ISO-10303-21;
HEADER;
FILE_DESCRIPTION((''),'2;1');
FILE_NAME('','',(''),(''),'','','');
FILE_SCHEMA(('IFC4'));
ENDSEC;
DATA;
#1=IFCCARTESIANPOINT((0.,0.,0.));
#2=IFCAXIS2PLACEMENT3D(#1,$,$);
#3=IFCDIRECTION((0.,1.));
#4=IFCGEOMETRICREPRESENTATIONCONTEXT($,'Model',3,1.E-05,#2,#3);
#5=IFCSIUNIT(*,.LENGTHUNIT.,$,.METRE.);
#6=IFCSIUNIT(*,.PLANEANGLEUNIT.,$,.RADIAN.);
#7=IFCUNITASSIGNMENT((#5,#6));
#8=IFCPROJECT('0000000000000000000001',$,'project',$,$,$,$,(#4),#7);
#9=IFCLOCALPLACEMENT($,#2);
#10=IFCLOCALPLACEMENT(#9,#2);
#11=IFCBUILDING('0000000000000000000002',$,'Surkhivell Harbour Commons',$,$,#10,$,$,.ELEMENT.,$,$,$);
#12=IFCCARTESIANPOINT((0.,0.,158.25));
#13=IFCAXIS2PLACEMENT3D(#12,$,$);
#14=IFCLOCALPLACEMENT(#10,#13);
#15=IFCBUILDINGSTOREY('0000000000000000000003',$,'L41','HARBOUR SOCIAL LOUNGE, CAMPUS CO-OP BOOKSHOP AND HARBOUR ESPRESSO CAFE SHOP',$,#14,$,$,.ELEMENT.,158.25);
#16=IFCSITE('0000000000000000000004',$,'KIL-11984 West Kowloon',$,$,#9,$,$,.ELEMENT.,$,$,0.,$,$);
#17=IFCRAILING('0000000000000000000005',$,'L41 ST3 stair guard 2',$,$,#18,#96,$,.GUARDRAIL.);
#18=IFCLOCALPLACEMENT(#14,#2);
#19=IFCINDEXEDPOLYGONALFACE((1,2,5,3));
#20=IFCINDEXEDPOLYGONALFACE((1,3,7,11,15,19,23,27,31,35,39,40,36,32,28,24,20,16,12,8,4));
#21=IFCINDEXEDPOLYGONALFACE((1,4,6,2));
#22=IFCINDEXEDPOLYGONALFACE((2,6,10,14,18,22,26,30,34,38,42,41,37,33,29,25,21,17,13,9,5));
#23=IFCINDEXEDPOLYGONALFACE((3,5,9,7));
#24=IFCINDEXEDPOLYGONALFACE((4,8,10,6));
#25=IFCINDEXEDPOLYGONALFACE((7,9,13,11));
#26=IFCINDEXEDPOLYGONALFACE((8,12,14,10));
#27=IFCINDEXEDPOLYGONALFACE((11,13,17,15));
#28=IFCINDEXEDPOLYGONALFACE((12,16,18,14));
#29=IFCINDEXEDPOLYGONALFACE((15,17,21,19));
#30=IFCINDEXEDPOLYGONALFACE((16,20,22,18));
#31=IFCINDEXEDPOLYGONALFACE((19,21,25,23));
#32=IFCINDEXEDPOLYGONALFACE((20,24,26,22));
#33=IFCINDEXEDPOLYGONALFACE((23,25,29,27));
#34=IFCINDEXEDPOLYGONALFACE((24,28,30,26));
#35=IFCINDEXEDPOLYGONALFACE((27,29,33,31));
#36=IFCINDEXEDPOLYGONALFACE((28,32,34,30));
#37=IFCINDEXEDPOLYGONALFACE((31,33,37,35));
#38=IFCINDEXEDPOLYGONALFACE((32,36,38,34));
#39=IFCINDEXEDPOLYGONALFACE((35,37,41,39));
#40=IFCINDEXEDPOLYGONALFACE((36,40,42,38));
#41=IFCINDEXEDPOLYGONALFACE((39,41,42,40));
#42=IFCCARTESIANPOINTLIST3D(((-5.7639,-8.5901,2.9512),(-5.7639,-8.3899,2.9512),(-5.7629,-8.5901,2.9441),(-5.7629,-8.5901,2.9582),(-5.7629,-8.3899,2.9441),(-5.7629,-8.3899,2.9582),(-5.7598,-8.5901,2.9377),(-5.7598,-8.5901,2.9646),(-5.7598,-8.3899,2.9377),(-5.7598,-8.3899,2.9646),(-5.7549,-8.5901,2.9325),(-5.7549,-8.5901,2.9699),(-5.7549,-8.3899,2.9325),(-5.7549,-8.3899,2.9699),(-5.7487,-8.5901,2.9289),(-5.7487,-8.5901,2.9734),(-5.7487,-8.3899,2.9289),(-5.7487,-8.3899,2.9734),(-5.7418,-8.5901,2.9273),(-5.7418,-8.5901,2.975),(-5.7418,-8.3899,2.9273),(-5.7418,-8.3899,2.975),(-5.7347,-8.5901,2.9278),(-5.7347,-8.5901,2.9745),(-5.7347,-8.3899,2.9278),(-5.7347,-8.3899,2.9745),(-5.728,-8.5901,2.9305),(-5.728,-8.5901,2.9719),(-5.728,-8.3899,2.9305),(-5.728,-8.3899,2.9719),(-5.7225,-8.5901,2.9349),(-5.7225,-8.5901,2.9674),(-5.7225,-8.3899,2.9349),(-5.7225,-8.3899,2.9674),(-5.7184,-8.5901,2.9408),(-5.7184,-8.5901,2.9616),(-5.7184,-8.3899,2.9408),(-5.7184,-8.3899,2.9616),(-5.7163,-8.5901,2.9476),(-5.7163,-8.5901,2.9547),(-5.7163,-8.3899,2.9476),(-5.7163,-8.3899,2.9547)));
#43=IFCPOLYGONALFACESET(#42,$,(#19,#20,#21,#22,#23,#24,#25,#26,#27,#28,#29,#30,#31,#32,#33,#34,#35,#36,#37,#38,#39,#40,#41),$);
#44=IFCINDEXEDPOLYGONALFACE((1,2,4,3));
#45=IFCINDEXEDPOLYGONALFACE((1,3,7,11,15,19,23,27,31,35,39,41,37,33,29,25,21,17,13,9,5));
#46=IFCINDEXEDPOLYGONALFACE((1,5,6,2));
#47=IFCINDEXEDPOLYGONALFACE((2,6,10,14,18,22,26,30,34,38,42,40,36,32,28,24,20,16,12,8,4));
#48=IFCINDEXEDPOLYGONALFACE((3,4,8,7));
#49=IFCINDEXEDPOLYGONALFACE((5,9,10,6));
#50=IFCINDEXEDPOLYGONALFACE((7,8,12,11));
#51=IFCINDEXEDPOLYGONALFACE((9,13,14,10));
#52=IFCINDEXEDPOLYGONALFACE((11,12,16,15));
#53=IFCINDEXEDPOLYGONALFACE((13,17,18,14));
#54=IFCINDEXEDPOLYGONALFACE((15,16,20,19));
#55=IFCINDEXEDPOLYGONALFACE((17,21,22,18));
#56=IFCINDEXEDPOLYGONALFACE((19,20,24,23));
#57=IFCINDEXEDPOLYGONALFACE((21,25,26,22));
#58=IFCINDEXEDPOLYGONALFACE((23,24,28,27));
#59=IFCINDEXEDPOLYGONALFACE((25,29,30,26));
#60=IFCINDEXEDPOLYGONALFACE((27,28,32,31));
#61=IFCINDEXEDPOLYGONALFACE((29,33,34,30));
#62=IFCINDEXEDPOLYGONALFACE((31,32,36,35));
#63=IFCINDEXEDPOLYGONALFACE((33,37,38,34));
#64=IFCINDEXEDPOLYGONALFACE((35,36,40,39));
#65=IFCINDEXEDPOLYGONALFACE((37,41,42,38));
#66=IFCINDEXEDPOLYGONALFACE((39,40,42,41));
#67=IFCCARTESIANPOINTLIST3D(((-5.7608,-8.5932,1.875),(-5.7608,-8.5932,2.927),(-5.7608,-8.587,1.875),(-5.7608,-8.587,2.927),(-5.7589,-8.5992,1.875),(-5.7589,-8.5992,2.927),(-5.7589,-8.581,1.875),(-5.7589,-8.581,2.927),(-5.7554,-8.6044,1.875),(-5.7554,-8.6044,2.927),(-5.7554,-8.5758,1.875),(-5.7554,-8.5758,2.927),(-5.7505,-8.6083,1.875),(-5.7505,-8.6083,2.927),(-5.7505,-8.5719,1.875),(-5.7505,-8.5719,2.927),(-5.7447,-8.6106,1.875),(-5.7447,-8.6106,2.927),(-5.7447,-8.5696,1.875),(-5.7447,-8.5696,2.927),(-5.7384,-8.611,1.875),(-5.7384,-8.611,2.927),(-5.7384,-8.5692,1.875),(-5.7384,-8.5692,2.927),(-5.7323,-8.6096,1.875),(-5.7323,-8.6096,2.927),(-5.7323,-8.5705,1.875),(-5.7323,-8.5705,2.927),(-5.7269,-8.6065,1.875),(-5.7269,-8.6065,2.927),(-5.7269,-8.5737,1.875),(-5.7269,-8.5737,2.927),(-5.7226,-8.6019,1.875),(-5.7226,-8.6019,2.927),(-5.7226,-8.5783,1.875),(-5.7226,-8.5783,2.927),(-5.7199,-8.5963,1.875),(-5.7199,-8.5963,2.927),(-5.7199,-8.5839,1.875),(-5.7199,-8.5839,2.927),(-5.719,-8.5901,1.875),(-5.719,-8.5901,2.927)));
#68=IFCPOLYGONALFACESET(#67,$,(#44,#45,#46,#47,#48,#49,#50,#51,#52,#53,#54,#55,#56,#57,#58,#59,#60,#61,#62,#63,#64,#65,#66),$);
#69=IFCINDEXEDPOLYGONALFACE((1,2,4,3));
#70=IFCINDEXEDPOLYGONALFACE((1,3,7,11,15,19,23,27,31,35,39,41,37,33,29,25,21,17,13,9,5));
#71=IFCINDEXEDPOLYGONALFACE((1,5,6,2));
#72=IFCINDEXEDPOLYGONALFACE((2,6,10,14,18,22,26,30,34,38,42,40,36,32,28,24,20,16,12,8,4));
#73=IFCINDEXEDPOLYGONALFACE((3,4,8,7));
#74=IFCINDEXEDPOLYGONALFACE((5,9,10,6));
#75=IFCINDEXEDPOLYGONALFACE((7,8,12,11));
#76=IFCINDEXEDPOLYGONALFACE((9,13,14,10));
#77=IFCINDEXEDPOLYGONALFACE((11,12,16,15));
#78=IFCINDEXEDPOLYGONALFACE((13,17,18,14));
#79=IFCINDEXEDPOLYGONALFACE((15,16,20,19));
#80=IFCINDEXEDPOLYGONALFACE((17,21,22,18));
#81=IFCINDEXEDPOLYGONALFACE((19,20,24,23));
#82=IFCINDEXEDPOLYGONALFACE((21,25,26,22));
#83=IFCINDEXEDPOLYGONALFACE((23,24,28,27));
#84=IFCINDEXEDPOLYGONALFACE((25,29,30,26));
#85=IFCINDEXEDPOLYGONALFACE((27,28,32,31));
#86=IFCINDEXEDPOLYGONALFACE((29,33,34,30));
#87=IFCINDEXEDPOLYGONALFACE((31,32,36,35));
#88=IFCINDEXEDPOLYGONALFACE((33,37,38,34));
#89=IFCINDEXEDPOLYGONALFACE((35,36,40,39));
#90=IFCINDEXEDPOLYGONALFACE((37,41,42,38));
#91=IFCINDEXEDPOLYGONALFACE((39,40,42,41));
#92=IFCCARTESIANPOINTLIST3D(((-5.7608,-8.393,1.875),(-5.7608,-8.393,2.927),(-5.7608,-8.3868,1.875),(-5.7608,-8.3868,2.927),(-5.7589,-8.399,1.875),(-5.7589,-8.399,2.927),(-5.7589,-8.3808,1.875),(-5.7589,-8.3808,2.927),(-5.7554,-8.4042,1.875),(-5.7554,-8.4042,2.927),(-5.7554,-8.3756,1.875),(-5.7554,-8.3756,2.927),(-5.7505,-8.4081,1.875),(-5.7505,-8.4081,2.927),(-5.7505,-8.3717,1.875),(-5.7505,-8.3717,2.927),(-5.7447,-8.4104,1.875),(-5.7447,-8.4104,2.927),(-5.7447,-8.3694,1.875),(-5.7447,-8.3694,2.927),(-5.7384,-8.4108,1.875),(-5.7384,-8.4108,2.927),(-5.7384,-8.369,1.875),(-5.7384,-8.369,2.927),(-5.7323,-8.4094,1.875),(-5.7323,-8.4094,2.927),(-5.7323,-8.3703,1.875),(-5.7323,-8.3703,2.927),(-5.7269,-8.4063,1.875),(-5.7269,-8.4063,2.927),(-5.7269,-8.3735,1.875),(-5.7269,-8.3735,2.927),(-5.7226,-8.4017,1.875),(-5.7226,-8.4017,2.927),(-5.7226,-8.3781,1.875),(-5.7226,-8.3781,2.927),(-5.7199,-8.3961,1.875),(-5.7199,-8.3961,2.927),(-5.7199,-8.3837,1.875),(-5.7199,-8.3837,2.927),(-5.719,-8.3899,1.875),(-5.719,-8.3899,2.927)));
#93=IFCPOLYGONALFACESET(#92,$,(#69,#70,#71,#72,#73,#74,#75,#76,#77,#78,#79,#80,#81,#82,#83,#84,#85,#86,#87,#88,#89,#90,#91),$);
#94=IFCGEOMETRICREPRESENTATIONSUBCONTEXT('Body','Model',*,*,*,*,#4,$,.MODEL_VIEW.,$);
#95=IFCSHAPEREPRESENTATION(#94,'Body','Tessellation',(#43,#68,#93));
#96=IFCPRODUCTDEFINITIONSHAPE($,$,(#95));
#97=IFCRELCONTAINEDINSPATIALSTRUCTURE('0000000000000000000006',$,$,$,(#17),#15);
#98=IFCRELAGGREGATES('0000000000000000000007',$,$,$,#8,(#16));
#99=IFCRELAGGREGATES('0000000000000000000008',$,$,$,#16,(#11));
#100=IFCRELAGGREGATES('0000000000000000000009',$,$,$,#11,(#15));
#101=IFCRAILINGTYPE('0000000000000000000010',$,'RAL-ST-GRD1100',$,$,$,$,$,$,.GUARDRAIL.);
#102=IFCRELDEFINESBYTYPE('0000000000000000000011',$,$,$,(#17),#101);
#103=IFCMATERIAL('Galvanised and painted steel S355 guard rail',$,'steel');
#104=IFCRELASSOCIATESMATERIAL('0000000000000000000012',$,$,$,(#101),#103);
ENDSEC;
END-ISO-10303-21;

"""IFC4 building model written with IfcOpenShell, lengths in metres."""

from ifc_helpers import new_model, si_unit, direction, frame, origin, origin_2d, place, context, subcontext, project, spatial, circle, extrude, material, type_object, element, save


model = new_model("IFC4")

# Units and contexts
model_context = context("Model", 3, precision=1e-05, world=origin(), true_north=direction((0.0, 1.0)))
body_context = subcontext(model_context, "Body", "Model", "MODEL_VIEW")
ifc_project = project(units=[si_unit("LENGTHUNIT", "METRE"), si_unit("PLANEANGLEUNIT", "RADIAN")], contexts=[model_context])

# Site, building, storey
site_placement = place(None, origin())
site = spatial("IfcSite", under=ifc_project, at=site_placement, Name="KIL-11984 West Kowloon", CompositionType="ELEMENT", RefElevation=0.0)
building_placement = place(site_placement, origin())
building = spatial("IfcBuilding", under=site, at=building_placement, Name="Surkhivell Harbour Commons", CompositionType="ELEMENT")
storey_placement = place(building_placement, frame((0.0, 0.0, 158.25)))
storey = spatial("IfcBuildingStorey", under=building, at=storey_placement, Name="L41", Description="HARBOUR SOCIAL LOUNGE, CAMPUS CO-OP BOOKSHOP AND HARBOUR ESPRESSO CAFE SHOP", CompositionType="ELEMENT", Elevation=158.25)

# Railing
ifc_material_1 = material(Name="Galvanised and painted steel S355 guard rail", Category="steel")
railing_type_1 = type_object("IfcRailingType", Name="RAL-ST-GRD1100", PredefinedType="GUARDRAIL", material=ifc_material_1)
railing_1_placement = place(storey_placement, frame((-5.74, -8.5901, 1.875)))
element("IfcRailing", 1, at=railing_1_placement, inside=storey, type_object=railing_type_1, Name="L41 ST3 stair guard 2", PredefinedType="GUARDRAIL", context=body_context, shape_type="SweptSolid", body=[
    extrude(circle(Radius=0.0239, at=origin_2d()), frame((0.0, 0.0, 1.0762), z_axis=(0.0, 1.0, 0.0), x_axis=(-1.0, 0.0, 0.0)), (0.0, 0.0, 1.0), 0.2002),
    extrude(circle(Radius=0.021, at=origin_2d()), origin(), (0.0, 0.0, 1.0), 1.052),
    extrude(circle(Radius=0.021, at=origin_2d()), frame((0.0, 0.2002, 0.0)), (0.0, 0.0, 1.0), 1.052),
])

save(model, "model.ifc")
